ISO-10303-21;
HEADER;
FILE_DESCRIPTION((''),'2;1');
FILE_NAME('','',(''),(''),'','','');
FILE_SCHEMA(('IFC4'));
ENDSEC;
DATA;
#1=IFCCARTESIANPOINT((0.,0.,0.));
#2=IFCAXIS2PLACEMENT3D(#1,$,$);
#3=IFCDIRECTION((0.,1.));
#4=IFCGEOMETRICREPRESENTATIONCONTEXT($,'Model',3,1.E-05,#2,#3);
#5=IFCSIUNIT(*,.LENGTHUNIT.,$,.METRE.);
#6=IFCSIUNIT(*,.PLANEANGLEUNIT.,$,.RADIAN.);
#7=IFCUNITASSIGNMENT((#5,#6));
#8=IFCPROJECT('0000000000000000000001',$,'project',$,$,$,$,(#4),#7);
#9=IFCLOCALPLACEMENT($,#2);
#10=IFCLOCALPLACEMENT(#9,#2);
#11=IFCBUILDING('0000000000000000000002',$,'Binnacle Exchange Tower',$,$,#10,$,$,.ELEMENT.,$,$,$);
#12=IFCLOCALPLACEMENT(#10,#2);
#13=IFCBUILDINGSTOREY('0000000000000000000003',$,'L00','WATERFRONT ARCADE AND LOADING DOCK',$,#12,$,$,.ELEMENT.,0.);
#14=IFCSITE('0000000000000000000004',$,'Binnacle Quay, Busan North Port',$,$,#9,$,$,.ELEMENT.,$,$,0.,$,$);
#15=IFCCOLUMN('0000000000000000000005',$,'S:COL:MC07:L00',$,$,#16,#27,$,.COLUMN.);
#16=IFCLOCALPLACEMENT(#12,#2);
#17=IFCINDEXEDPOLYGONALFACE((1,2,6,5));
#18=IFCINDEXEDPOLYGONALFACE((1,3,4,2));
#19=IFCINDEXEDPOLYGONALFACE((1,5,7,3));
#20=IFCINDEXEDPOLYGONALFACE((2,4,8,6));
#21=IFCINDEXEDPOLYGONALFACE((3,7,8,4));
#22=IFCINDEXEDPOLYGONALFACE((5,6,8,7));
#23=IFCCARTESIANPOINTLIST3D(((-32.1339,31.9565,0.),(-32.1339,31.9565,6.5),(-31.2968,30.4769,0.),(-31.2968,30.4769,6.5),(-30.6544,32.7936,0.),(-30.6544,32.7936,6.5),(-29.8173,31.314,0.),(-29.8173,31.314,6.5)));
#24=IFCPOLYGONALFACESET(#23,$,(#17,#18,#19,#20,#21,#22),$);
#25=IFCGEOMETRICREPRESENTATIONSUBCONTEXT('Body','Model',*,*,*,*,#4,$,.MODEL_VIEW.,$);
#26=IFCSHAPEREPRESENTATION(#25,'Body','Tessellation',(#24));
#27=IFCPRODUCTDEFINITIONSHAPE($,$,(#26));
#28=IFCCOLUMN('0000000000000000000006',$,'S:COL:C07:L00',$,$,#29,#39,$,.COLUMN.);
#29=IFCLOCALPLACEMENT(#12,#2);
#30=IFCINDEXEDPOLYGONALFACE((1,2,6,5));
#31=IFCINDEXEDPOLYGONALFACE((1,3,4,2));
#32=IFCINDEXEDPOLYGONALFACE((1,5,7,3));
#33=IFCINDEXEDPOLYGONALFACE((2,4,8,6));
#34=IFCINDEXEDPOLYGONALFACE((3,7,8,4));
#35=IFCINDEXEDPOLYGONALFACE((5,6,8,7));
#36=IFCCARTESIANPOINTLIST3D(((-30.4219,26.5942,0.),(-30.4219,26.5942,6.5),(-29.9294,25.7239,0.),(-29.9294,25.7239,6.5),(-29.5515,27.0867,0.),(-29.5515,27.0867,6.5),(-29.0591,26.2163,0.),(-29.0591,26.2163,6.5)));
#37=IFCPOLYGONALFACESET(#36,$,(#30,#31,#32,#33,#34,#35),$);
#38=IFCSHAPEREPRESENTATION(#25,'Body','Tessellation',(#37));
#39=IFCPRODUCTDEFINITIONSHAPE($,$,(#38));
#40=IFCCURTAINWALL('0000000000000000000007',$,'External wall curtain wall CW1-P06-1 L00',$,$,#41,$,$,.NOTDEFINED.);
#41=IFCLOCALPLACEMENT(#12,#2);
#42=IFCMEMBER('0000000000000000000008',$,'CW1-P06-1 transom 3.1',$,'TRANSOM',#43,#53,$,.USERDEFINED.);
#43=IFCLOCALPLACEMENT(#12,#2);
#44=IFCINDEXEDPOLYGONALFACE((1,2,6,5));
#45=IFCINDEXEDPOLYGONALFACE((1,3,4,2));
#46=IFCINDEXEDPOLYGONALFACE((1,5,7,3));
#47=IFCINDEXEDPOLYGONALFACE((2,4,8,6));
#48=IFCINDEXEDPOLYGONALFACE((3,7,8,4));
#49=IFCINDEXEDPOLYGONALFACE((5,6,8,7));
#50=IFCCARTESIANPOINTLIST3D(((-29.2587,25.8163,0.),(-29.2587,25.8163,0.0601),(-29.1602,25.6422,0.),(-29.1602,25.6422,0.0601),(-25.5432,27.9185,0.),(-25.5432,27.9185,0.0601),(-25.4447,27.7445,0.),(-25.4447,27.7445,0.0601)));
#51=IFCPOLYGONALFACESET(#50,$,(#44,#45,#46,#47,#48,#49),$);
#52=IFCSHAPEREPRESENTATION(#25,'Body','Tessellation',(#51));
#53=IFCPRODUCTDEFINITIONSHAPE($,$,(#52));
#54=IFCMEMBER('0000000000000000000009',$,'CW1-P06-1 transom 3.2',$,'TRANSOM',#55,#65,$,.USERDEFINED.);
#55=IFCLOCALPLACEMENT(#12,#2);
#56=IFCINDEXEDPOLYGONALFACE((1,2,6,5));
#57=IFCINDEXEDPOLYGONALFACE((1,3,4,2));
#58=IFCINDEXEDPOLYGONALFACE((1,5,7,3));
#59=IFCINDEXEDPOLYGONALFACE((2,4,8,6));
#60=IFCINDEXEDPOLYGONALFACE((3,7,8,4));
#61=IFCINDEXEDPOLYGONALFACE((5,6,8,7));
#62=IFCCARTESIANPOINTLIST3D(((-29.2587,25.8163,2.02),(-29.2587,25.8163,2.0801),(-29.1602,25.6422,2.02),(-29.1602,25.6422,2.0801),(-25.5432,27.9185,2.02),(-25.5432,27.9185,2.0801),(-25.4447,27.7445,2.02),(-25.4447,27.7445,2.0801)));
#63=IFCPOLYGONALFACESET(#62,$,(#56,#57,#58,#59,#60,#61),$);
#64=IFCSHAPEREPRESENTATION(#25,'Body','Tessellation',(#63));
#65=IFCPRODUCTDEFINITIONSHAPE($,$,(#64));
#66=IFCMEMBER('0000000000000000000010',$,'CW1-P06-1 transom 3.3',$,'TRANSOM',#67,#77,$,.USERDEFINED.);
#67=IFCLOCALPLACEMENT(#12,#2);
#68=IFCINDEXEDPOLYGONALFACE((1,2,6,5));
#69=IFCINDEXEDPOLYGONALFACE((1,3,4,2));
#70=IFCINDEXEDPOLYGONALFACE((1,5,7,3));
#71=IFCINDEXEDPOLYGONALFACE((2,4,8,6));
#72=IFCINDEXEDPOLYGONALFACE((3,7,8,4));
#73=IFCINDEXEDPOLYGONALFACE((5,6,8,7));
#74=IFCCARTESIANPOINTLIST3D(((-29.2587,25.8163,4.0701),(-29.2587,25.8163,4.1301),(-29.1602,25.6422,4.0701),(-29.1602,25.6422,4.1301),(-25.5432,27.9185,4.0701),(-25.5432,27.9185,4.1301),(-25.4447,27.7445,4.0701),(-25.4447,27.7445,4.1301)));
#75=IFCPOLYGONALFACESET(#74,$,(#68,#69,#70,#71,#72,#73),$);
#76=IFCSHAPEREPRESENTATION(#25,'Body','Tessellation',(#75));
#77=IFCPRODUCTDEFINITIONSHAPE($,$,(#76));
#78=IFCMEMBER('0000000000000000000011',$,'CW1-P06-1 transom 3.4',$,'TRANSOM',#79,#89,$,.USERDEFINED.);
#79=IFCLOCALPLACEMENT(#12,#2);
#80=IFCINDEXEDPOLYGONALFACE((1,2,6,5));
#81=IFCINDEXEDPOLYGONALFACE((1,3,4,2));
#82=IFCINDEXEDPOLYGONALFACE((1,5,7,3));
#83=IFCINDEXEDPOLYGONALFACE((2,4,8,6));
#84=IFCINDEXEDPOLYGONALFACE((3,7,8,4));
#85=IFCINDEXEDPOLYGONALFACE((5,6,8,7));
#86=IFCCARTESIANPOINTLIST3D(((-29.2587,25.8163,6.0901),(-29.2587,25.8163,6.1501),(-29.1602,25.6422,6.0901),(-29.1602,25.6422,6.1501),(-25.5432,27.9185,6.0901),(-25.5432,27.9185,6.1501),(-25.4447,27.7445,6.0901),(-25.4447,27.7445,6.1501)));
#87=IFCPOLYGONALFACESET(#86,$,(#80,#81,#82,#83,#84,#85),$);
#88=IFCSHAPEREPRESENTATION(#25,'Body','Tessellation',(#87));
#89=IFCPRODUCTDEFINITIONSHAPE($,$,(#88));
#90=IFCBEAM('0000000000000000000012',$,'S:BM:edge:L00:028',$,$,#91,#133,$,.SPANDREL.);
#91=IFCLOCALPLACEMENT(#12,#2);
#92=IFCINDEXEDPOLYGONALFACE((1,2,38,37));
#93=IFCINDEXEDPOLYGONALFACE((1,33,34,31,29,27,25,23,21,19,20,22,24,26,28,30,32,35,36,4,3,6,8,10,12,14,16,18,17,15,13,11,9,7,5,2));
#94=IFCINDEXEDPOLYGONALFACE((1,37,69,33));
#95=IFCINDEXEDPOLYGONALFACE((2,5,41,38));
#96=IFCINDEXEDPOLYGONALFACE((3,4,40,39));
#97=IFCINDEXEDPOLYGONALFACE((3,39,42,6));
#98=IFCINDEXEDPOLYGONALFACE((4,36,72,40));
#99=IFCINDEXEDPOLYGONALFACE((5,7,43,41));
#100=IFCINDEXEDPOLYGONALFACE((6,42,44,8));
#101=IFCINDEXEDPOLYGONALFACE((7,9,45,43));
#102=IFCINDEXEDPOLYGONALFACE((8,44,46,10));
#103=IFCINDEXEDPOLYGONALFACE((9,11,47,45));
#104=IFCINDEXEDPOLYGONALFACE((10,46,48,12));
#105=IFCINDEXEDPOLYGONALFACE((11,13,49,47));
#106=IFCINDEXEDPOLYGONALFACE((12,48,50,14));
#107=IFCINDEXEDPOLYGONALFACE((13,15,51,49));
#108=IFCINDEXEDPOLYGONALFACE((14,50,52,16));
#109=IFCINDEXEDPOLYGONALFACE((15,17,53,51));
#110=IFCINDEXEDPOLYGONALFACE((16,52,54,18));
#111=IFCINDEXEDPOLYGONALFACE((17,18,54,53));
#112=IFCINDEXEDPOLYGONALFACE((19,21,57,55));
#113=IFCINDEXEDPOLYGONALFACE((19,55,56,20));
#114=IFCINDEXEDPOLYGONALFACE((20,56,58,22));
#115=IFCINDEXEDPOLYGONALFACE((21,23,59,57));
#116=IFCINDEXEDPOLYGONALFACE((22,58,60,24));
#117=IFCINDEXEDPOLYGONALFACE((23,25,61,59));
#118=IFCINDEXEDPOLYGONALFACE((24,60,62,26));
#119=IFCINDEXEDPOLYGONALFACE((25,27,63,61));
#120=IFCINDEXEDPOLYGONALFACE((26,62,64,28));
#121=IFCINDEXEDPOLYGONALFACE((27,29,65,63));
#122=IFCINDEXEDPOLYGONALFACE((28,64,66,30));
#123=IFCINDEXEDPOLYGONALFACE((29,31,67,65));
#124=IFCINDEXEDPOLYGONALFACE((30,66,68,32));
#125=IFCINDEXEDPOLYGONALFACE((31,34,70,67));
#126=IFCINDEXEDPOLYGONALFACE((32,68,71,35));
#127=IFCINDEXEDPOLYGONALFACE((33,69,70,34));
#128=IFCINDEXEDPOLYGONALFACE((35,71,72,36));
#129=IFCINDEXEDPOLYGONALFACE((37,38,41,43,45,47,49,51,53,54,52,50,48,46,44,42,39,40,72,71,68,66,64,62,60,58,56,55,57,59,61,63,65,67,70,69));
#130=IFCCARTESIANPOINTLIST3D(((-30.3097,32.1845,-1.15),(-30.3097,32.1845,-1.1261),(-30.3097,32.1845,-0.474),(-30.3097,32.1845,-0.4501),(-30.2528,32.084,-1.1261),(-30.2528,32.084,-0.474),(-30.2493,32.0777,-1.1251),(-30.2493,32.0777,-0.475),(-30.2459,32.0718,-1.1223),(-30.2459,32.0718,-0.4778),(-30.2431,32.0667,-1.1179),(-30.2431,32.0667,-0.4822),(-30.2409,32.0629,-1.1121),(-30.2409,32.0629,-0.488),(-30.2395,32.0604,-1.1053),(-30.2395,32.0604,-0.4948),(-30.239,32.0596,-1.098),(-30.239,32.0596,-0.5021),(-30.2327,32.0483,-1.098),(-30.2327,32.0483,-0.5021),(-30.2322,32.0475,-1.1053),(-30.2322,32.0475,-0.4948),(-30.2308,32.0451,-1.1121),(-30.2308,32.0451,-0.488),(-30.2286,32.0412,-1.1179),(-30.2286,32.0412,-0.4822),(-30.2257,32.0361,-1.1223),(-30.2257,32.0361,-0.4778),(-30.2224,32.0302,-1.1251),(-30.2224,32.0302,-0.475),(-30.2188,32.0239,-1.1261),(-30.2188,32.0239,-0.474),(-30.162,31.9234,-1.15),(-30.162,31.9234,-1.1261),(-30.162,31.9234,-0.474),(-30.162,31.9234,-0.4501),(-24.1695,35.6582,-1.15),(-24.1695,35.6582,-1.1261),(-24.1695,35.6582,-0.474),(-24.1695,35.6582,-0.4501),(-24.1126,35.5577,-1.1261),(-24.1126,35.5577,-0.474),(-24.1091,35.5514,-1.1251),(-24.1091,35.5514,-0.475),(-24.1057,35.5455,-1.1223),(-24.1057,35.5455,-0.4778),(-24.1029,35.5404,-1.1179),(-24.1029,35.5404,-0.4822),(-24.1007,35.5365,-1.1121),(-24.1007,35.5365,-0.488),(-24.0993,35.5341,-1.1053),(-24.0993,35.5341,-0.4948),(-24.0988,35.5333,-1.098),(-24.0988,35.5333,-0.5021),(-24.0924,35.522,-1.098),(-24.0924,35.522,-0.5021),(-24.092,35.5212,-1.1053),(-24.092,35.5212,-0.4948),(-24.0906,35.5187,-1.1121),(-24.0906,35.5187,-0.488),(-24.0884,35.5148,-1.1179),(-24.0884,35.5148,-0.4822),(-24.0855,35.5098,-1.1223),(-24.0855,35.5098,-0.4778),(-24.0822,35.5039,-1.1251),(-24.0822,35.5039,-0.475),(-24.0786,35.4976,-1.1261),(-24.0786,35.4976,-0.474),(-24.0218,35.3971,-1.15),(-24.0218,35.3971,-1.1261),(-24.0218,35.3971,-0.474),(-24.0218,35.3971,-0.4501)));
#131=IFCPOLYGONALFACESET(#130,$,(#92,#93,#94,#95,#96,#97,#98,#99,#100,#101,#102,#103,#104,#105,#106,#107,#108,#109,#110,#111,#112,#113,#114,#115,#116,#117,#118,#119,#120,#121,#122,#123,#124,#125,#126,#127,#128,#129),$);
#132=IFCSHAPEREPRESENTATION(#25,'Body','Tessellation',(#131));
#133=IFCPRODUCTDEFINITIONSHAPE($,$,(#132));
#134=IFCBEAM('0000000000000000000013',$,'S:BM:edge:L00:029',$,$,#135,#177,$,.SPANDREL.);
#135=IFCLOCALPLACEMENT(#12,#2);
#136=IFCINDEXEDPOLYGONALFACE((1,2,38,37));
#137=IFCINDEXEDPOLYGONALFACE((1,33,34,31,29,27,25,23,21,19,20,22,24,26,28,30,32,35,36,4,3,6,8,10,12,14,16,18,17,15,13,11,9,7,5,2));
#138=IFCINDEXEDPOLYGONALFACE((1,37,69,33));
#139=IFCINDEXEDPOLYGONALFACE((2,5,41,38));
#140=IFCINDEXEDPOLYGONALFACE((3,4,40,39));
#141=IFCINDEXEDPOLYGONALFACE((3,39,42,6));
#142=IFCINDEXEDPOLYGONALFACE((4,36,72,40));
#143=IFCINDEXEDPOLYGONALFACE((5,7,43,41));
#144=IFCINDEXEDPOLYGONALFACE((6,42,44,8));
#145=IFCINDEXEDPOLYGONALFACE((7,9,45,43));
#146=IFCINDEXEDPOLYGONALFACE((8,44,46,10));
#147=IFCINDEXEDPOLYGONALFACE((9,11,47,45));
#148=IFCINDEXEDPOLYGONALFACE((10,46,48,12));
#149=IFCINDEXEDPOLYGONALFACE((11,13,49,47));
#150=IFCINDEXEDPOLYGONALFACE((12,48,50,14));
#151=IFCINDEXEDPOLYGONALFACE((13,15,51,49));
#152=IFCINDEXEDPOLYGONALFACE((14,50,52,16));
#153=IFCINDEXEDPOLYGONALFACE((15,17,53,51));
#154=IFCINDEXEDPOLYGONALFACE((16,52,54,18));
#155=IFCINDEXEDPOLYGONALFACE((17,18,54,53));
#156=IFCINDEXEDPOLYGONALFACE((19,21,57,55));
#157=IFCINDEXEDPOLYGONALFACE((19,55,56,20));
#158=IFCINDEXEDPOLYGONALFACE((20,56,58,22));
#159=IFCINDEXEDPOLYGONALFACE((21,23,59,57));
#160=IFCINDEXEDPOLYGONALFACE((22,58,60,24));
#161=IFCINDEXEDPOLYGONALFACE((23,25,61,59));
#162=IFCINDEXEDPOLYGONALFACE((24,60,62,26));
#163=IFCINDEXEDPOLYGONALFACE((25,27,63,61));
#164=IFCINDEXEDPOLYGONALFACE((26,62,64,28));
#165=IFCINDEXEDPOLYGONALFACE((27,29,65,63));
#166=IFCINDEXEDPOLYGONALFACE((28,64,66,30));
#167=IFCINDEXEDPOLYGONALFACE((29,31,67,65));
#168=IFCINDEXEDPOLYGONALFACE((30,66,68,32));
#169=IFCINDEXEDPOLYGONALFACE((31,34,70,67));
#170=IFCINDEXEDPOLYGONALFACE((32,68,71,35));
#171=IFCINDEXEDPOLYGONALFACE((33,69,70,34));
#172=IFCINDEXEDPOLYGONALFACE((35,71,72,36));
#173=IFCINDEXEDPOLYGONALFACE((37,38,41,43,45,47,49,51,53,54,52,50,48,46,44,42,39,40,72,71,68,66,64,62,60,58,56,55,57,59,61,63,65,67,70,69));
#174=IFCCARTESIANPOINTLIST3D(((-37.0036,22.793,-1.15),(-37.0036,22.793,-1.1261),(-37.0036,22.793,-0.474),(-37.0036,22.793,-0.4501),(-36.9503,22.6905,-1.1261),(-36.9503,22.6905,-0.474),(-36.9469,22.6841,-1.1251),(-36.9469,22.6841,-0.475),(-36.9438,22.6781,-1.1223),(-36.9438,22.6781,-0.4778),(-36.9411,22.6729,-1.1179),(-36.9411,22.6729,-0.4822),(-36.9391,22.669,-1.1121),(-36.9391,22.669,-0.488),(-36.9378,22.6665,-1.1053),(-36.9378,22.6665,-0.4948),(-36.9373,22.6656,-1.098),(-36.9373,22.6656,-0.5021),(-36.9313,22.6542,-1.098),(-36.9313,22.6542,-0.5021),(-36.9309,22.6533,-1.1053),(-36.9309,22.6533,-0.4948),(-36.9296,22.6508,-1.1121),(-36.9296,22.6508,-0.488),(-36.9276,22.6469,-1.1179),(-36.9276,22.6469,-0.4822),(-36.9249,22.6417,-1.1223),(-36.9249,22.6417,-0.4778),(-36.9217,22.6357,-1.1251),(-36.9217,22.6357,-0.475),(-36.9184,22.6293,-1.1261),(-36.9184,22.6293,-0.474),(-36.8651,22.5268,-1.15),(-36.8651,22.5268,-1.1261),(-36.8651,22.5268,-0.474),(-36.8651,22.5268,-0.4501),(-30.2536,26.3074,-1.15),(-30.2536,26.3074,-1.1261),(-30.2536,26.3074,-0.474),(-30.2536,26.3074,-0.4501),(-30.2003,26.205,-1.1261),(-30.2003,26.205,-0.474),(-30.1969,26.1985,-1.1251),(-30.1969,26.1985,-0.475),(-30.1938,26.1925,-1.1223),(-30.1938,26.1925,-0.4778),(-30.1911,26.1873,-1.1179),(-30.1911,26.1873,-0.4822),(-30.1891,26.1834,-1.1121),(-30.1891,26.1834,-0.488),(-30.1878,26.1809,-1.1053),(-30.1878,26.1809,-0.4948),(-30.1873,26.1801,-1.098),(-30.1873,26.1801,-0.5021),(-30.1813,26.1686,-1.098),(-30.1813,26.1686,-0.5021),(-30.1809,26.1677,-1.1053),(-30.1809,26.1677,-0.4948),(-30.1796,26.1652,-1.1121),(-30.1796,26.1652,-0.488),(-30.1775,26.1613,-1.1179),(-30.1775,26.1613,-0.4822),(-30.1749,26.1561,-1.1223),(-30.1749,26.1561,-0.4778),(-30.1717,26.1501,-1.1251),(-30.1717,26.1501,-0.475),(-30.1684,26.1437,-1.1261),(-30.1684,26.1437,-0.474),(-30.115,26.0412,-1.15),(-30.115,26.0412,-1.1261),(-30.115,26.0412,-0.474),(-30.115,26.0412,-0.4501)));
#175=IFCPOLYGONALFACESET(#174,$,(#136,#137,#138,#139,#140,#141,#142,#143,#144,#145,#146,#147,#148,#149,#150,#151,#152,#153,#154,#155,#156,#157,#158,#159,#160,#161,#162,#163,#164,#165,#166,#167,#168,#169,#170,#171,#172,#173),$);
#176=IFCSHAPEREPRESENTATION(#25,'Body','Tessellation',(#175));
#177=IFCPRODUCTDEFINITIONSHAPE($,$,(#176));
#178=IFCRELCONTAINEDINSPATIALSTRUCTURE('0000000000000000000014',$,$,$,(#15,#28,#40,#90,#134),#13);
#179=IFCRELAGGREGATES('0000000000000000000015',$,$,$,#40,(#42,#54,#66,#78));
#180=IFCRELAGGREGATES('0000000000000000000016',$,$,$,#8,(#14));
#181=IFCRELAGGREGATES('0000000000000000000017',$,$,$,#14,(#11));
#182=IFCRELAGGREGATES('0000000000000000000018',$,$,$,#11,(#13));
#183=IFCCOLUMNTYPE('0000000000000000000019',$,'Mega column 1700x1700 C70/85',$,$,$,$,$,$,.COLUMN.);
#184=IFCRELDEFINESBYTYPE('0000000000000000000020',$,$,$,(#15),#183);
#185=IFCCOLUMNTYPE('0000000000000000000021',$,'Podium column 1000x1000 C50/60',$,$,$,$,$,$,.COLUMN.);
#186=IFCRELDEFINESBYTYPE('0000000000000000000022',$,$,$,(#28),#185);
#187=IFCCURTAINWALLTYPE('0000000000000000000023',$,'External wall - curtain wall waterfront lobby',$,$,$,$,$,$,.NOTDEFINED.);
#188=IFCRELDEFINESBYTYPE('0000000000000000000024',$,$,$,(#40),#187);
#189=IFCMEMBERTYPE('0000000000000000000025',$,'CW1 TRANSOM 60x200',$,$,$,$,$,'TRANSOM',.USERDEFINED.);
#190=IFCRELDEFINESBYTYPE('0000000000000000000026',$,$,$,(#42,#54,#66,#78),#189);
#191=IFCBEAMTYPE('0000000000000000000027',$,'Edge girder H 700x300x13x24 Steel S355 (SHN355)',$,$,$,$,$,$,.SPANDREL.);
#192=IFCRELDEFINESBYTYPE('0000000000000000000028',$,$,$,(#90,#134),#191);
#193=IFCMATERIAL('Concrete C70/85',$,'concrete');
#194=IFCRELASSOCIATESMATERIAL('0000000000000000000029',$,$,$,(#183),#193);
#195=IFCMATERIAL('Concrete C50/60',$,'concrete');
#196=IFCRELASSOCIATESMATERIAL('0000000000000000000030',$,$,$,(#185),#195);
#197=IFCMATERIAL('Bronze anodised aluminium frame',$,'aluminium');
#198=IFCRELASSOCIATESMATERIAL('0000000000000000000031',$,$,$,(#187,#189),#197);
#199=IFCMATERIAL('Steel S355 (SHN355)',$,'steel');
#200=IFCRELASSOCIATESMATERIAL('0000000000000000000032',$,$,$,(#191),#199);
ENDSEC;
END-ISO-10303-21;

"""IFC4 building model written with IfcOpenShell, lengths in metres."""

from ifc_helpers import new_model, si_unit, direction, frame, origin, origin_2d, place, context, subcontext, project, spatial, rectangle, i_section, extrude, material, material_profile, profile_set, type_object, element, aggregate, save


model = new_model("IFC4")

# Units and contexts
model_context = context("Model", 3, precision=1e-05, world=origin(), true_north=direction((0.0, 1.0)))
body_context = subcontext(model_context, "Body", "Model", "MODEL_VIEW")
ifc_project = project(units=[si_unit("LENGTHUNIT", "METRE"), si_unit("PLANEANGLEUNIT", "RADIAN")], contexts=[model_context])

# Site, building, storey
site_placement = place(None, origin())
site = spatial("IfcSite", under=ifc_project, at=site_placement, Name="Binnacle Quay, Busan North Port", CompositionType="ELEMENT", RefElevation=0.0)
building_placement = place(site_placement, origin())
building = spatial("IfcBuilding", under=site, at=building_placement, Name="Binnacle Exchange Tower", CompositionType="ELEMENT")
storey_placement = place(building_placement, origin())
storey = spatial("IfcBuildingStorey", under=building, at=storey_placement, Name="L00", Description="WATERFRONT ARCADE AND LOADING DOCK", CompositionType="ELEMENT", Elevation=0.0)

# Columns
ifc_material_1 = material(Name="Concrete C70/85", Category="concrete")
ifc_material_profile_1 = material_profile(ifc_material_1, rectangle(XDim=1.7, YDim=1.7, at=origin_2d()), Name="Mega column 1700x1700 C70/85")
ifc_profile_set_1 = profile_set([ifc_material_profile_1], Name="Concrete C70/85")
column_type_1 = type_object("IfcColumnType", Name="Mega column 1700x1700 C70/85", PredefinedType="COLUMN", material=ifc_profile_set_1)
column_1_placement = place(storey_placement, frame((-30.9756, 31.6353, 0.0), z_axis=(0.0, 0.0, 1.0), x_axis=(0.870356, 0.492424, 0.0)))
element("IfcColumn", 1, at=column_1_placement, inside=storey, type_object=column_type_1, Name="S:COL:MC07:L00", PredefinedType="COLUMN", context=body_context, shape_type="SweptSolid", body=[
    extrude(rectangle(XDim=1.7, YDim=1.7, at=origin_2d()), origin(), (0.0, 0.0, 1.0), 6.5),
])
ifc_material_2 = material(Name="Concrete C50/60", Category="concrete")
ifc_material_profile_2 = material_profile(ifc_material_2, rectangle(XDim=1.0, YDim=1.0, at=origin_2d()), Name="Podium column 1000x1000 C50/60")
ifc_profile_set_2 = profile_set([ifc_material_profile_2], Name="Concrete C50/60")
column_type_2 = type_object("IfcColumnType", Name="Podium column 1000x1000 C50/60", PredefinedType="COLUMN", material=ifc_profile_set_2)
column_2_placement = place(storey_placement, frame((-29.7405, 26.4053, 0.0), z_axis=(0.0, 0.0, 1.0), x_axis=(0.870356, 0.492424, 0.0)))
element("IfcColumn", 2, at=column_2_placement, inside=storey, type_object=column_type_2, Name="S:COL:C07:L00", PredefinedType="COLUMN", context=body_context, shape_type="SweptSolid", body=[
    extrude(rectangle(XDim=1.0, YDim=1.0, at=origin_2d()), origin(), (0.0, 0.0, 1.0), 6.5),
])

# Curtain wall, members
ifc_material_3 = material(Name="Bronze anodised aluminium frame", Category="aluminium")
curtain_wall_type = type_object("IfcCurtainWallType", Name="External wall - curtain wall waterfront lobby", PredefinedType="NOTDEFINED", material=ifc_material_3)
curtain_wall_placement = place(storey_placement, origin())
curtain_wall = element("IfcCurtainWall", 3, at=curtain_wall_placement, inside=storey, type_object=curtain_wall_type, Name="External wall curtain wall CW1-P06-1 L00", PredefinedType="NOTDEFINED")
ifc_material_profile_3 = material_profile(ifc_material_3, rectangle(XDim=0.2, YDim=0.0601, at=origin_2d()), Name="AL 200x60")
ifc_profile_set_3 = profile_set([ifc_material_profile_3], Name="Bronze anodised aluminium frame")
member_type = type_object("IfcMemberType", Name="CW1 TRANSOM 60x200", ElementType="TRANSOM", PredefinedType="USERDEFINED", material=ifc_profile_set_3)
member_1_placement = place(storey_placement, frame((-29.2095, 25.7292, 0.03), z_axis=(0.870343, 0.492445, 0.0), x_axis=(-0.492445, 0.870343, 0.0)))
member_1 = element("IfcMember", 4, at=member_1_placement, type_object=member_type, Name="CW1-P06-1 transom 3.1", ObjectType="TRANSOM", PredefinedType="USERDEFINED", context=body_context, shape_type="SweptSolid", body=[
    extrude(rectangle(XDim=0.2, YDim=0.0601, at=origin_2d()), origin(), (0.0, 0.0, 1.0), 4.269),
])
member_2_placement = place(storey_placement, frame((-29.2095, 25.7292, 2.05), z_axis=(0.870343, 0.492445, 0.0), x_axis=(-0.492445, 0.870343, 0.0)))
member_2 = element("IfcMember", 5, at=member_2_placement, type_object=member_type, Name="CW1-P06-1 transom 3.2", ObjectType="TRANSOM", PredefinedType="USERDEFINED", context=body_context, shape_type="SweptSolid", body=[
    extrude(rectangle(XDim=0.2, YDim=0.0601, at=origin_2d()), origin(), (0.0, 0.0, 1.0), 4.269),
])
member_3_placement = place(storey_placement, frame((-29.2095, 25.7292, 4.1001), z_axis=(0.870343, 0.492445, 0.0), x_axis=(-0.492445, 0.870343, 0.0)))
member_3 = element("IfcMember", 6, at=member_3_placement, type_object=member_type, Name="CW1-P06-1 transom 3.3", ObjectType="TRANSOM", PredefinedType="USERDEFINED", context=body_context, shape_type="SweptSolid", body=[
    extrude(rectangle(XDim=0.2, YDim=0.0601, at=origin_2d()), origin(), (0.0, 0.0, 1.0), 4.269),
])
member_4_placement = place(storey_placement, frame((-29.2095, 25.7292, 6.1201), z_axis=(0.870343, 0.492445, 0.0), x_axis=(-0.492445, 0.870343, 0.0)))
member_4 = element("IfcMember", 7, at=member_4_placement, type_object=member_type, Name="CW1-P06-1 transom 3.4", ObjectType="TRANSOM", PredefinedType="USERDEFINED", context=body_context, shape_type="SweptSolid", body=[
    extrude(rectangle(XDim=0.2, YDim=0.0601, at=origin_2d()), origin(), (0.0, 0.0, 1.0), 4.269),
])
aggregate(curtain_wall, [member_1, member_2, member_3, member_4])

# Beams
ifc_material_4 = material(Name="Steel S355 (SHN355)", Category="steel")
ifc_material_profile_4 = material_profile(ifc_material_4, i_section(OverallWidth=0.3, OverallDepth=0.7, WebThickness=0.0129, FlangeThickness=0.0239, FilletRadius=0.0281, at=origin_2d()), Name="H 700x300x13x24")
ifc_profile_set_4 = profile_set([ifc_material_profile_4], Name="Steel S355 (SHN355)")
beam_type_1 = type_object("IfcBeamType", Name="Edge girder H 700x300x13x24 Steel S355 (SHN355)", PredefinedType="SPANDREL", material=ifc_profile_set_4)
beam_1_placement = place(storey_placement, frame((-30.2358, 32.054, -0.8), z_axis=(0.870373, 0.492392, 0.0), x_axis=(-0.492392, 0.870373, 0.0)))
element("IfcBeam", 8, at=beam_1_placement, inside=storey, type_object=beam_type_1, Name="S:BM:edge:L00:028", PredefinedType="SPANDREL", context=body_context, shape_type="SweptSolid", body=[
    extrude(i_section(OverallWidth=0.3, OverallDepth=0.7, WebThickness=0.0129, FlangeThickness=0.0239, FilletRadius=0.0281, at=origin_2d()), origin(), (0.0, 0.0, 1.0), 7.0547),
])
beam_2_placement = place(storey_placement, frame((-30.1843, 26.1743, -0.8), z_axis=(-0.88698, -0.461808, 0.0), x_axis=(0.461808, -0.88698, 0.0)))
element("IfcBeam", 9, at=beam_2_placement, inside=storey, type_object=beam_type_1, Name="S:BM:edge:L00:029", PredefinedType="SPANDREL", context=body_context, shape_type="SweptSolid", body=[
    extrude(i_section(OverallWidth=0.3, OverallDepth=0.7, WebThickness=0.0129, FlangeThickness=0.0239, FilletRadius=0.0281, at=origin_2d()), origin(), (0.0, 0.0, 1.0), 7.6101),
])

save(model, "model.ifc")
